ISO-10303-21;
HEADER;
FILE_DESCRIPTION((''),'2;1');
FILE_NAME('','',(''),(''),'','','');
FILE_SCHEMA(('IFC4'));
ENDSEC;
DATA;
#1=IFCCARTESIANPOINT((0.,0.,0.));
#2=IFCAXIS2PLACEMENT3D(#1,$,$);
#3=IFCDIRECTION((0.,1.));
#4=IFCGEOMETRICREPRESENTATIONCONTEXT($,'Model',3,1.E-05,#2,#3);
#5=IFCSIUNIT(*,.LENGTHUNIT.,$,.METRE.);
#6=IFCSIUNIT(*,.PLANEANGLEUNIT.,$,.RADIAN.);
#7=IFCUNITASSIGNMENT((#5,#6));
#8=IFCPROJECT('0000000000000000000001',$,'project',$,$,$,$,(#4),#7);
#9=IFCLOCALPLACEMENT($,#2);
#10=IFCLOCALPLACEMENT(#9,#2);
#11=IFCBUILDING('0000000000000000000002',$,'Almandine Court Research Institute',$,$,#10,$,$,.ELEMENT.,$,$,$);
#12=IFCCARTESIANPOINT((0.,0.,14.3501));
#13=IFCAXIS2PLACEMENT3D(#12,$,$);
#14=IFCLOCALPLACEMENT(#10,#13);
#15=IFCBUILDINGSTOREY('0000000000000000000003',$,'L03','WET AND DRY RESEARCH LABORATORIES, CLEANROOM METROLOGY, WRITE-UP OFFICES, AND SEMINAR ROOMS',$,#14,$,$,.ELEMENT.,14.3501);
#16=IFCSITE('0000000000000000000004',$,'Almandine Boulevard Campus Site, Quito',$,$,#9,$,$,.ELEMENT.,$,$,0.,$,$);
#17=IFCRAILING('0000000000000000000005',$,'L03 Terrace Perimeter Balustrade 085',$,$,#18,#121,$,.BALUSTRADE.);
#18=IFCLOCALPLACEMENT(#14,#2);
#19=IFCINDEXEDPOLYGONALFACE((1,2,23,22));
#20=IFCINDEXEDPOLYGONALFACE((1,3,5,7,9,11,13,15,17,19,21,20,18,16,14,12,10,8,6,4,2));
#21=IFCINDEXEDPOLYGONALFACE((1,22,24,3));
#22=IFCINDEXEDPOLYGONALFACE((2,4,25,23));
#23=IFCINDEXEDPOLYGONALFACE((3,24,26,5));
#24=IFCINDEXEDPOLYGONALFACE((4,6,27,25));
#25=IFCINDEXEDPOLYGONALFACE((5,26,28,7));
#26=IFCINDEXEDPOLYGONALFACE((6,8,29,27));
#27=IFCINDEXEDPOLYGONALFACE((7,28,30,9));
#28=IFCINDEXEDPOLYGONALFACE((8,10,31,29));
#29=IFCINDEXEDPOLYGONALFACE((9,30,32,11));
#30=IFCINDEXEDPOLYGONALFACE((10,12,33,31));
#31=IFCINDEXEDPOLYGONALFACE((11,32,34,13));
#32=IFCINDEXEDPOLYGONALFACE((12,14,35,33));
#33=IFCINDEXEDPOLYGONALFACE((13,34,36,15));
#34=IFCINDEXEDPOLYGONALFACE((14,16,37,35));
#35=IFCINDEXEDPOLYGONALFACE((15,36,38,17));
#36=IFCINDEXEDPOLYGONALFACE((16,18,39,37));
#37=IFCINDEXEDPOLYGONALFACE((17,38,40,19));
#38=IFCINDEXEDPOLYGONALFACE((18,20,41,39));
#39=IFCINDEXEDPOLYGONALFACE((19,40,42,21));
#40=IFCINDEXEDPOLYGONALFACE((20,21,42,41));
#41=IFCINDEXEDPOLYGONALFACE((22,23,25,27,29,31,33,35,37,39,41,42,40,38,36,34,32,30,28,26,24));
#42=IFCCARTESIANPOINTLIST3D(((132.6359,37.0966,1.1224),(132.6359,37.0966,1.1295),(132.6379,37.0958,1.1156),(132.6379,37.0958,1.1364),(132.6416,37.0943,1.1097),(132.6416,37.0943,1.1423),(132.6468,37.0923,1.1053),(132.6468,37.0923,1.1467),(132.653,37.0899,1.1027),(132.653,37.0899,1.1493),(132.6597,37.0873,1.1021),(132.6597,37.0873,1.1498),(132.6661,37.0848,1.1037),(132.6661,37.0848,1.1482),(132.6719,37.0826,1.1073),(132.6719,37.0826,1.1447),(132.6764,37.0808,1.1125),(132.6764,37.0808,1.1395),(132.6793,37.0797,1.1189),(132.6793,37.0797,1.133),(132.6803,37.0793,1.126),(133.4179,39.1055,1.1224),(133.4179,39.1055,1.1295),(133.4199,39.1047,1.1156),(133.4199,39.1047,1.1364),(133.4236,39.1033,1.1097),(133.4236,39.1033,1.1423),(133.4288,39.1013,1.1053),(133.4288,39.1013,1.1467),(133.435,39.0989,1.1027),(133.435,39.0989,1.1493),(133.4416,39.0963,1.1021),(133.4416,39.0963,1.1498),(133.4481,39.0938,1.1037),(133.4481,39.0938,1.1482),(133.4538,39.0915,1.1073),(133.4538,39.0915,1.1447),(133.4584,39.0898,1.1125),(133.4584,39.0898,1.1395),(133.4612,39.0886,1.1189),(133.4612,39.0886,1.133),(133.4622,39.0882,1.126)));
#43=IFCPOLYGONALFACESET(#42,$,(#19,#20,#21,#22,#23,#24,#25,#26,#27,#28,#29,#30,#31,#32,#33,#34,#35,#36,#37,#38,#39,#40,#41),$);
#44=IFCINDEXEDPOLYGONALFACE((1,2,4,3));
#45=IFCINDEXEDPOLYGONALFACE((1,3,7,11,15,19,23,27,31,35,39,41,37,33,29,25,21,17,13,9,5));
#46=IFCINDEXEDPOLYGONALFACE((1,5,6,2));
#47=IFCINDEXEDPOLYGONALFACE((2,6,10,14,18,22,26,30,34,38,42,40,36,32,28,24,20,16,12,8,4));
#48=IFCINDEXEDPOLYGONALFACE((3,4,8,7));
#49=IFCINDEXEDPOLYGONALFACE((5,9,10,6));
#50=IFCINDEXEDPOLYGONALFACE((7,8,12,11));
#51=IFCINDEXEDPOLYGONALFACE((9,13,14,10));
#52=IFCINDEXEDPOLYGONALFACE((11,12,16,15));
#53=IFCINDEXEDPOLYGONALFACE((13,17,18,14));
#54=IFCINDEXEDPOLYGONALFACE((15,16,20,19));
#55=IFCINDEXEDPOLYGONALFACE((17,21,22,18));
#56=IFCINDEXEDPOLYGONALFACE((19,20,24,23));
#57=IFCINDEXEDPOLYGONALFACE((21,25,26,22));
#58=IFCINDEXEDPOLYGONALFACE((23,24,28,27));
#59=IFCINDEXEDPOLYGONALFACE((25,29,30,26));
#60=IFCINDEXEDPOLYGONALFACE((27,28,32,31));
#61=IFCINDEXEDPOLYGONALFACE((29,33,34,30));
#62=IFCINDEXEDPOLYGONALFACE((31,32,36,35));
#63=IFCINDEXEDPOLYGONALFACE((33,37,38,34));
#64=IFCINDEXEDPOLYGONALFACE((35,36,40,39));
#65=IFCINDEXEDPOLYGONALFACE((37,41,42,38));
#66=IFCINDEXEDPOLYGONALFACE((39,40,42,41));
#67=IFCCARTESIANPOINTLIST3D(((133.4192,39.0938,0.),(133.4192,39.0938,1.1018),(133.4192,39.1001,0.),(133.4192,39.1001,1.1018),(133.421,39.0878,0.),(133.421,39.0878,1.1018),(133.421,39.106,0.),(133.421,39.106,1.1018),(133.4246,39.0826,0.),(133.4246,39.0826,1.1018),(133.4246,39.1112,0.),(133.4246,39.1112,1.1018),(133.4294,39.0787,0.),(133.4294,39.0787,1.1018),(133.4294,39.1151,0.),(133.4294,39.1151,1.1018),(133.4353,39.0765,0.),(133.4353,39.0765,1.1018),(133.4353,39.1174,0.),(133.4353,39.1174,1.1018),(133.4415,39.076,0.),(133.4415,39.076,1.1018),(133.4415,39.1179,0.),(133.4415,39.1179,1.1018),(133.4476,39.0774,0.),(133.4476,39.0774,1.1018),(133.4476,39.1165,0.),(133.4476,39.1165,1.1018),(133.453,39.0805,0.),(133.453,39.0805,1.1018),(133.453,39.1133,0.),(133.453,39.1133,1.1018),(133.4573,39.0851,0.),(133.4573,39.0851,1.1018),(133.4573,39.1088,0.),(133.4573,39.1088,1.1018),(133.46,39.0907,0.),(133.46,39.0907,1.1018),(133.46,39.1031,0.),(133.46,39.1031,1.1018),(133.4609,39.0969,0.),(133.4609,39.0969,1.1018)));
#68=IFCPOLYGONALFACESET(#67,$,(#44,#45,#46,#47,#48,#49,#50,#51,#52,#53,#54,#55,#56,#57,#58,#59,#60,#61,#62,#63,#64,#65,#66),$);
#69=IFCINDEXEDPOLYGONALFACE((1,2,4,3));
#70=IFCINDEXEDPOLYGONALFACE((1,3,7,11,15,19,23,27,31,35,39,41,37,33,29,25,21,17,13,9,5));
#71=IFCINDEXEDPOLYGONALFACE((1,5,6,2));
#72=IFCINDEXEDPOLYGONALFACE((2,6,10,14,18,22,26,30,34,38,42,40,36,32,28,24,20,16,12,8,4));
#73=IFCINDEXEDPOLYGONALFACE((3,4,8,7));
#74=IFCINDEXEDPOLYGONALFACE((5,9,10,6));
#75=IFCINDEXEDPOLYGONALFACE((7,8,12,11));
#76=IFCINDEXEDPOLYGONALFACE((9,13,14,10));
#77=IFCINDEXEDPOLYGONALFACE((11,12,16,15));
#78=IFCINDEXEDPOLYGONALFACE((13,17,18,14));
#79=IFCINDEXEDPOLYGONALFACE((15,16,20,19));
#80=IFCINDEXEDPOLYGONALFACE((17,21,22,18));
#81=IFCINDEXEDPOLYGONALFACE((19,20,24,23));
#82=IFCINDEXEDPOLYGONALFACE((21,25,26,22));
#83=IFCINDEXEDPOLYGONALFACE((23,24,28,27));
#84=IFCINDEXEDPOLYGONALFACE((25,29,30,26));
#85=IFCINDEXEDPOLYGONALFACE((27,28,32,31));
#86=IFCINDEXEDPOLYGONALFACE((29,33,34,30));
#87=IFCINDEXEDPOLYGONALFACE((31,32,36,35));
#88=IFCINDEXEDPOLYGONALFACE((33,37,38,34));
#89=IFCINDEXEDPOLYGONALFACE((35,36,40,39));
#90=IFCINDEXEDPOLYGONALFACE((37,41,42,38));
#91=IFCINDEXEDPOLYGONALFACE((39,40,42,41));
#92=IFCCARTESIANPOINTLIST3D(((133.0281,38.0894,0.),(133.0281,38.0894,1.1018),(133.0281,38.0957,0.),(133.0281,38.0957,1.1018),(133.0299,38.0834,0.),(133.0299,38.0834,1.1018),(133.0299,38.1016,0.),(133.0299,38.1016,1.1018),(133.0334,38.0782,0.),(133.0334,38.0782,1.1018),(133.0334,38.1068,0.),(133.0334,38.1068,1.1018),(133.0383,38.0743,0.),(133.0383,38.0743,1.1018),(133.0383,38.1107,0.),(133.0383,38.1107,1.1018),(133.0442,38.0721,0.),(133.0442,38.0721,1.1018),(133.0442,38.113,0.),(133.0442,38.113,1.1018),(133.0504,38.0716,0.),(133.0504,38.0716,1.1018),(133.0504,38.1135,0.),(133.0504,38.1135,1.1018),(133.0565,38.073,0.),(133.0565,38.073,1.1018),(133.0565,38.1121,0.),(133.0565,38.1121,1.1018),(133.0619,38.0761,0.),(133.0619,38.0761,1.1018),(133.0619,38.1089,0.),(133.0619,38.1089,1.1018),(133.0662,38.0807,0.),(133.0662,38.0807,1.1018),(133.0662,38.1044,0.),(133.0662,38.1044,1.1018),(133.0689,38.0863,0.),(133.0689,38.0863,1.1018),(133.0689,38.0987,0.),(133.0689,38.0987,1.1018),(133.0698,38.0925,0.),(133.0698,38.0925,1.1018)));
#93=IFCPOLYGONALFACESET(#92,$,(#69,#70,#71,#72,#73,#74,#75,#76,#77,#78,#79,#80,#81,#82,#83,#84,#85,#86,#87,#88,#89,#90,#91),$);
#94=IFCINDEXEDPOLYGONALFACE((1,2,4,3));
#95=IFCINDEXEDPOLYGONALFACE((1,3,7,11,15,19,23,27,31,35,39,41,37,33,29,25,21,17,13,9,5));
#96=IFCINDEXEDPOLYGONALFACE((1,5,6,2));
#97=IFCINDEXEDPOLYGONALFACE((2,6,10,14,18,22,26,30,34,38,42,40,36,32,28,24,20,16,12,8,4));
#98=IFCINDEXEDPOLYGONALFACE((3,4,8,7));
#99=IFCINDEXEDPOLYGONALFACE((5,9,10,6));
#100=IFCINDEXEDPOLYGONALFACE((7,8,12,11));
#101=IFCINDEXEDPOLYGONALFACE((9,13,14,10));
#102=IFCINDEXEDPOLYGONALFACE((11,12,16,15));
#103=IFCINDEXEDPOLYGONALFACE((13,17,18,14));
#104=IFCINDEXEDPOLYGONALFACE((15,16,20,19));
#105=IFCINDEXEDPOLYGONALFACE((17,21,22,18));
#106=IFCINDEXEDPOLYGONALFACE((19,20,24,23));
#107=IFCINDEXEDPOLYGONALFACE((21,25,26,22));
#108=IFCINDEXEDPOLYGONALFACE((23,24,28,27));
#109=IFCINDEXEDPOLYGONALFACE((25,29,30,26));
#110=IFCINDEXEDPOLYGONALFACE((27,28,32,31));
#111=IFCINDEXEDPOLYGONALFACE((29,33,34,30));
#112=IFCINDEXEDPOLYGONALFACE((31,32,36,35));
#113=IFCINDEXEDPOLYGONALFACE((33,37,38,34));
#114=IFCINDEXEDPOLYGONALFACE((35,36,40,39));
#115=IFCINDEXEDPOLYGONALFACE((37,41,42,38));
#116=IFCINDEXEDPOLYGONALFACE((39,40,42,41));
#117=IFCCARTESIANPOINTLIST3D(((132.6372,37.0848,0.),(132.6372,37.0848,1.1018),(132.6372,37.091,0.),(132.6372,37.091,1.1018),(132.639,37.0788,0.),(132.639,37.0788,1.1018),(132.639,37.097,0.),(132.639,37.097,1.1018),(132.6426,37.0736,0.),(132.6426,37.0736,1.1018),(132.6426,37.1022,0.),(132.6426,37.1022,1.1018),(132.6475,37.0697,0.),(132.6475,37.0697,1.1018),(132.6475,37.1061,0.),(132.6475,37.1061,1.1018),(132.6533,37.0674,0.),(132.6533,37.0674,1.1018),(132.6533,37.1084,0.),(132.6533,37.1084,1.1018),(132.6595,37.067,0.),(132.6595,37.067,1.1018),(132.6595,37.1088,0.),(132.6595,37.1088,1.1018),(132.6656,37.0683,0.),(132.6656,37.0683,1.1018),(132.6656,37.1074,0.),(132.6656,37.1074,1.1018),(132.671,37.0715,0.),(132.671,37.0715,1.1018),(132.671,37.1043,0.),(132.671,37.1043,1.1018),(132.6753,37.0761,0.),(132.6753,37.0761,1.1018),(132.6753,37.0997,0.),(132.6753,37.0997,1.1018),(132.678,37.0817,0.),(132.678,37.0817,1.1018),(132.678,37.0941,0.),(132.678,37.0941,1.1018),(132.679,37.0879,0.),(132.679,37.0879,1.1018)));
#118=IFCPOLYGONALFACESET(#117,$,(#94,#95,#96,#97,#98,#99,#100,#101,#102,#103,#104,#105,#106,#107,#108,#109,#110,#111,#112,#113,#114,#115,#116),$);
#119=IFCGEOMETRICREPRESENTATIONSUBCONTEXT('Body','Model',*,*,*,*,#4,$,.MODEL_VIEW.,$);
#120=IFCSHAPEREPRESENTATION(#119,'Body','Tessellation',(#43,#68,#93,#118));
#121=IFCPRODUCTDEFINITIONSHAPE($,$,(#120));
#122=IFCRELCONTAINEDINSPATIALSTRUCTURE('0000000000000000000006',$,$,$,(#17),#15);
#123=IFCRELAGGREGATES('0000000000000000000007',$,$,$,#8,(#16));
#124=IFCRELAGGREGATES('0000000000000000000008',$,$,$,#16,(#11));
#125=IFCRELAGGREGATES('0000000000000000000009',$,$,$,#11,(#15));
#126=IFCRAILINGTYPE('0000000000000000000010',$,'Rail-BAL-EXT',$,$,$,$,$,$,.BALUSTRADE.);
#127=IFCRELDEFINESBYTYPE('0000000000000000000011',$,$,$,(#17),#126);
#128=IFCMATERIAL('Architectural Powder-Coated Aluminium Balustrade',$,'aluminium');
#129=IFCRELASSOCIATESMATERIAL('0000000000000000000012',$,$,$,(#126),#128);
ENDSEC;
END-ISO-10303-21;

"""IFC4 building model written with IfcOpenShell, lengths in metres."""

from ifc_helpers import new_model, si_unit, direction, frame, origin, origin_2d, place, context, subcontext, project, spatial, circle, extrude, material, type_object, element, save


model = new_model("IFC4")

# Units and contexts
model_context = context("Model", 3, precision=1e-05, world=origin(), true_north=direction((0.0, 1.0)))
body_context = subcontext(model_context, "Body", "Model", "MODEL_VIEW")
ifc_project = project(units=[si_unit("LENGTHUNIT", "METRE"), si_unit("PLANEANGLEUNIT", "RADIAN")], contexts=[model_context])

# Site, building, storey
site_placement = place(None, origin())
site = spatial("IfcSite", under=ifc_project, at=site_placement, Name="Almandine Boulevard Campus Site, Quito", CompositionType="ELEMENT", RefElevation=0.0)
building_placement = place(site_placement, origin())
building = spatial("IfcBuilding", under=site, at=building_placement, Name="Almandine Court Research Institute", CompositionType="ELEMENT")
storey_placement = place(building_placement, frame((0.0, 0.0, 14.3501)))
storey = spatial("IfcBuildingStorey", under=building, at=storey_placement, Name="L03", Description="WET AND DRY RESEARCH LABORATORIES, CLEANROOM METROLOGY, WRITE-UP OFFICES, AND SEMINAR ROOMS", CompositionType="ELEMENT", Elevation=14.3501)

# Railing
ifc_material_1 = material(Name="Architectural Powder-Coated Aluminium Balustrade", Category="aluminium")
railing_type = type_object("IfcRailingType", Name="Rail-BAL-EXT", PredefinedType="BALUSTRADE", material=ifc_material_1)
railing_1_placement = place(storey_placement, frame((133.4399, 39.0969, 0.0)))
element("IfcRailing", 1, at=railing_1_placement, inside=storey, type_object=railing_type, Name="L03 Terrace Perimeter Balustrade 085", PredefinedType="BALUSTRADE", context=body_context, shape_type="SweptSolid", body=[
    extrude(circle(Radius=0.0239, at=origin_2d()), frame((0.0, 0.0, 1.126), z_axis=(-0.362725, -0.931896, 0.0), x_axis=(0.931896, -0.362725, 0.0)), (0.0, 0.0, 1.0), 2.1558),
    extrude(circle(Radius=0.021, at=origin_2d()), origin(), (0.0, 0.0, 1.0), 1.1018),
    extrude(circle(Radius=0.021, at=origin_2d()), frame((-0.3911, -1.0044, 0.0)), (0.0, 0.0, 1.0), 1.1018),
    extrude(circle(Radius=0.021, at=origin_2d()), frame((-0.782, -2.009, 0.0)), (0.0, 0.0, 1.0), 1.1018),
])

save(model, "model.ifc")
